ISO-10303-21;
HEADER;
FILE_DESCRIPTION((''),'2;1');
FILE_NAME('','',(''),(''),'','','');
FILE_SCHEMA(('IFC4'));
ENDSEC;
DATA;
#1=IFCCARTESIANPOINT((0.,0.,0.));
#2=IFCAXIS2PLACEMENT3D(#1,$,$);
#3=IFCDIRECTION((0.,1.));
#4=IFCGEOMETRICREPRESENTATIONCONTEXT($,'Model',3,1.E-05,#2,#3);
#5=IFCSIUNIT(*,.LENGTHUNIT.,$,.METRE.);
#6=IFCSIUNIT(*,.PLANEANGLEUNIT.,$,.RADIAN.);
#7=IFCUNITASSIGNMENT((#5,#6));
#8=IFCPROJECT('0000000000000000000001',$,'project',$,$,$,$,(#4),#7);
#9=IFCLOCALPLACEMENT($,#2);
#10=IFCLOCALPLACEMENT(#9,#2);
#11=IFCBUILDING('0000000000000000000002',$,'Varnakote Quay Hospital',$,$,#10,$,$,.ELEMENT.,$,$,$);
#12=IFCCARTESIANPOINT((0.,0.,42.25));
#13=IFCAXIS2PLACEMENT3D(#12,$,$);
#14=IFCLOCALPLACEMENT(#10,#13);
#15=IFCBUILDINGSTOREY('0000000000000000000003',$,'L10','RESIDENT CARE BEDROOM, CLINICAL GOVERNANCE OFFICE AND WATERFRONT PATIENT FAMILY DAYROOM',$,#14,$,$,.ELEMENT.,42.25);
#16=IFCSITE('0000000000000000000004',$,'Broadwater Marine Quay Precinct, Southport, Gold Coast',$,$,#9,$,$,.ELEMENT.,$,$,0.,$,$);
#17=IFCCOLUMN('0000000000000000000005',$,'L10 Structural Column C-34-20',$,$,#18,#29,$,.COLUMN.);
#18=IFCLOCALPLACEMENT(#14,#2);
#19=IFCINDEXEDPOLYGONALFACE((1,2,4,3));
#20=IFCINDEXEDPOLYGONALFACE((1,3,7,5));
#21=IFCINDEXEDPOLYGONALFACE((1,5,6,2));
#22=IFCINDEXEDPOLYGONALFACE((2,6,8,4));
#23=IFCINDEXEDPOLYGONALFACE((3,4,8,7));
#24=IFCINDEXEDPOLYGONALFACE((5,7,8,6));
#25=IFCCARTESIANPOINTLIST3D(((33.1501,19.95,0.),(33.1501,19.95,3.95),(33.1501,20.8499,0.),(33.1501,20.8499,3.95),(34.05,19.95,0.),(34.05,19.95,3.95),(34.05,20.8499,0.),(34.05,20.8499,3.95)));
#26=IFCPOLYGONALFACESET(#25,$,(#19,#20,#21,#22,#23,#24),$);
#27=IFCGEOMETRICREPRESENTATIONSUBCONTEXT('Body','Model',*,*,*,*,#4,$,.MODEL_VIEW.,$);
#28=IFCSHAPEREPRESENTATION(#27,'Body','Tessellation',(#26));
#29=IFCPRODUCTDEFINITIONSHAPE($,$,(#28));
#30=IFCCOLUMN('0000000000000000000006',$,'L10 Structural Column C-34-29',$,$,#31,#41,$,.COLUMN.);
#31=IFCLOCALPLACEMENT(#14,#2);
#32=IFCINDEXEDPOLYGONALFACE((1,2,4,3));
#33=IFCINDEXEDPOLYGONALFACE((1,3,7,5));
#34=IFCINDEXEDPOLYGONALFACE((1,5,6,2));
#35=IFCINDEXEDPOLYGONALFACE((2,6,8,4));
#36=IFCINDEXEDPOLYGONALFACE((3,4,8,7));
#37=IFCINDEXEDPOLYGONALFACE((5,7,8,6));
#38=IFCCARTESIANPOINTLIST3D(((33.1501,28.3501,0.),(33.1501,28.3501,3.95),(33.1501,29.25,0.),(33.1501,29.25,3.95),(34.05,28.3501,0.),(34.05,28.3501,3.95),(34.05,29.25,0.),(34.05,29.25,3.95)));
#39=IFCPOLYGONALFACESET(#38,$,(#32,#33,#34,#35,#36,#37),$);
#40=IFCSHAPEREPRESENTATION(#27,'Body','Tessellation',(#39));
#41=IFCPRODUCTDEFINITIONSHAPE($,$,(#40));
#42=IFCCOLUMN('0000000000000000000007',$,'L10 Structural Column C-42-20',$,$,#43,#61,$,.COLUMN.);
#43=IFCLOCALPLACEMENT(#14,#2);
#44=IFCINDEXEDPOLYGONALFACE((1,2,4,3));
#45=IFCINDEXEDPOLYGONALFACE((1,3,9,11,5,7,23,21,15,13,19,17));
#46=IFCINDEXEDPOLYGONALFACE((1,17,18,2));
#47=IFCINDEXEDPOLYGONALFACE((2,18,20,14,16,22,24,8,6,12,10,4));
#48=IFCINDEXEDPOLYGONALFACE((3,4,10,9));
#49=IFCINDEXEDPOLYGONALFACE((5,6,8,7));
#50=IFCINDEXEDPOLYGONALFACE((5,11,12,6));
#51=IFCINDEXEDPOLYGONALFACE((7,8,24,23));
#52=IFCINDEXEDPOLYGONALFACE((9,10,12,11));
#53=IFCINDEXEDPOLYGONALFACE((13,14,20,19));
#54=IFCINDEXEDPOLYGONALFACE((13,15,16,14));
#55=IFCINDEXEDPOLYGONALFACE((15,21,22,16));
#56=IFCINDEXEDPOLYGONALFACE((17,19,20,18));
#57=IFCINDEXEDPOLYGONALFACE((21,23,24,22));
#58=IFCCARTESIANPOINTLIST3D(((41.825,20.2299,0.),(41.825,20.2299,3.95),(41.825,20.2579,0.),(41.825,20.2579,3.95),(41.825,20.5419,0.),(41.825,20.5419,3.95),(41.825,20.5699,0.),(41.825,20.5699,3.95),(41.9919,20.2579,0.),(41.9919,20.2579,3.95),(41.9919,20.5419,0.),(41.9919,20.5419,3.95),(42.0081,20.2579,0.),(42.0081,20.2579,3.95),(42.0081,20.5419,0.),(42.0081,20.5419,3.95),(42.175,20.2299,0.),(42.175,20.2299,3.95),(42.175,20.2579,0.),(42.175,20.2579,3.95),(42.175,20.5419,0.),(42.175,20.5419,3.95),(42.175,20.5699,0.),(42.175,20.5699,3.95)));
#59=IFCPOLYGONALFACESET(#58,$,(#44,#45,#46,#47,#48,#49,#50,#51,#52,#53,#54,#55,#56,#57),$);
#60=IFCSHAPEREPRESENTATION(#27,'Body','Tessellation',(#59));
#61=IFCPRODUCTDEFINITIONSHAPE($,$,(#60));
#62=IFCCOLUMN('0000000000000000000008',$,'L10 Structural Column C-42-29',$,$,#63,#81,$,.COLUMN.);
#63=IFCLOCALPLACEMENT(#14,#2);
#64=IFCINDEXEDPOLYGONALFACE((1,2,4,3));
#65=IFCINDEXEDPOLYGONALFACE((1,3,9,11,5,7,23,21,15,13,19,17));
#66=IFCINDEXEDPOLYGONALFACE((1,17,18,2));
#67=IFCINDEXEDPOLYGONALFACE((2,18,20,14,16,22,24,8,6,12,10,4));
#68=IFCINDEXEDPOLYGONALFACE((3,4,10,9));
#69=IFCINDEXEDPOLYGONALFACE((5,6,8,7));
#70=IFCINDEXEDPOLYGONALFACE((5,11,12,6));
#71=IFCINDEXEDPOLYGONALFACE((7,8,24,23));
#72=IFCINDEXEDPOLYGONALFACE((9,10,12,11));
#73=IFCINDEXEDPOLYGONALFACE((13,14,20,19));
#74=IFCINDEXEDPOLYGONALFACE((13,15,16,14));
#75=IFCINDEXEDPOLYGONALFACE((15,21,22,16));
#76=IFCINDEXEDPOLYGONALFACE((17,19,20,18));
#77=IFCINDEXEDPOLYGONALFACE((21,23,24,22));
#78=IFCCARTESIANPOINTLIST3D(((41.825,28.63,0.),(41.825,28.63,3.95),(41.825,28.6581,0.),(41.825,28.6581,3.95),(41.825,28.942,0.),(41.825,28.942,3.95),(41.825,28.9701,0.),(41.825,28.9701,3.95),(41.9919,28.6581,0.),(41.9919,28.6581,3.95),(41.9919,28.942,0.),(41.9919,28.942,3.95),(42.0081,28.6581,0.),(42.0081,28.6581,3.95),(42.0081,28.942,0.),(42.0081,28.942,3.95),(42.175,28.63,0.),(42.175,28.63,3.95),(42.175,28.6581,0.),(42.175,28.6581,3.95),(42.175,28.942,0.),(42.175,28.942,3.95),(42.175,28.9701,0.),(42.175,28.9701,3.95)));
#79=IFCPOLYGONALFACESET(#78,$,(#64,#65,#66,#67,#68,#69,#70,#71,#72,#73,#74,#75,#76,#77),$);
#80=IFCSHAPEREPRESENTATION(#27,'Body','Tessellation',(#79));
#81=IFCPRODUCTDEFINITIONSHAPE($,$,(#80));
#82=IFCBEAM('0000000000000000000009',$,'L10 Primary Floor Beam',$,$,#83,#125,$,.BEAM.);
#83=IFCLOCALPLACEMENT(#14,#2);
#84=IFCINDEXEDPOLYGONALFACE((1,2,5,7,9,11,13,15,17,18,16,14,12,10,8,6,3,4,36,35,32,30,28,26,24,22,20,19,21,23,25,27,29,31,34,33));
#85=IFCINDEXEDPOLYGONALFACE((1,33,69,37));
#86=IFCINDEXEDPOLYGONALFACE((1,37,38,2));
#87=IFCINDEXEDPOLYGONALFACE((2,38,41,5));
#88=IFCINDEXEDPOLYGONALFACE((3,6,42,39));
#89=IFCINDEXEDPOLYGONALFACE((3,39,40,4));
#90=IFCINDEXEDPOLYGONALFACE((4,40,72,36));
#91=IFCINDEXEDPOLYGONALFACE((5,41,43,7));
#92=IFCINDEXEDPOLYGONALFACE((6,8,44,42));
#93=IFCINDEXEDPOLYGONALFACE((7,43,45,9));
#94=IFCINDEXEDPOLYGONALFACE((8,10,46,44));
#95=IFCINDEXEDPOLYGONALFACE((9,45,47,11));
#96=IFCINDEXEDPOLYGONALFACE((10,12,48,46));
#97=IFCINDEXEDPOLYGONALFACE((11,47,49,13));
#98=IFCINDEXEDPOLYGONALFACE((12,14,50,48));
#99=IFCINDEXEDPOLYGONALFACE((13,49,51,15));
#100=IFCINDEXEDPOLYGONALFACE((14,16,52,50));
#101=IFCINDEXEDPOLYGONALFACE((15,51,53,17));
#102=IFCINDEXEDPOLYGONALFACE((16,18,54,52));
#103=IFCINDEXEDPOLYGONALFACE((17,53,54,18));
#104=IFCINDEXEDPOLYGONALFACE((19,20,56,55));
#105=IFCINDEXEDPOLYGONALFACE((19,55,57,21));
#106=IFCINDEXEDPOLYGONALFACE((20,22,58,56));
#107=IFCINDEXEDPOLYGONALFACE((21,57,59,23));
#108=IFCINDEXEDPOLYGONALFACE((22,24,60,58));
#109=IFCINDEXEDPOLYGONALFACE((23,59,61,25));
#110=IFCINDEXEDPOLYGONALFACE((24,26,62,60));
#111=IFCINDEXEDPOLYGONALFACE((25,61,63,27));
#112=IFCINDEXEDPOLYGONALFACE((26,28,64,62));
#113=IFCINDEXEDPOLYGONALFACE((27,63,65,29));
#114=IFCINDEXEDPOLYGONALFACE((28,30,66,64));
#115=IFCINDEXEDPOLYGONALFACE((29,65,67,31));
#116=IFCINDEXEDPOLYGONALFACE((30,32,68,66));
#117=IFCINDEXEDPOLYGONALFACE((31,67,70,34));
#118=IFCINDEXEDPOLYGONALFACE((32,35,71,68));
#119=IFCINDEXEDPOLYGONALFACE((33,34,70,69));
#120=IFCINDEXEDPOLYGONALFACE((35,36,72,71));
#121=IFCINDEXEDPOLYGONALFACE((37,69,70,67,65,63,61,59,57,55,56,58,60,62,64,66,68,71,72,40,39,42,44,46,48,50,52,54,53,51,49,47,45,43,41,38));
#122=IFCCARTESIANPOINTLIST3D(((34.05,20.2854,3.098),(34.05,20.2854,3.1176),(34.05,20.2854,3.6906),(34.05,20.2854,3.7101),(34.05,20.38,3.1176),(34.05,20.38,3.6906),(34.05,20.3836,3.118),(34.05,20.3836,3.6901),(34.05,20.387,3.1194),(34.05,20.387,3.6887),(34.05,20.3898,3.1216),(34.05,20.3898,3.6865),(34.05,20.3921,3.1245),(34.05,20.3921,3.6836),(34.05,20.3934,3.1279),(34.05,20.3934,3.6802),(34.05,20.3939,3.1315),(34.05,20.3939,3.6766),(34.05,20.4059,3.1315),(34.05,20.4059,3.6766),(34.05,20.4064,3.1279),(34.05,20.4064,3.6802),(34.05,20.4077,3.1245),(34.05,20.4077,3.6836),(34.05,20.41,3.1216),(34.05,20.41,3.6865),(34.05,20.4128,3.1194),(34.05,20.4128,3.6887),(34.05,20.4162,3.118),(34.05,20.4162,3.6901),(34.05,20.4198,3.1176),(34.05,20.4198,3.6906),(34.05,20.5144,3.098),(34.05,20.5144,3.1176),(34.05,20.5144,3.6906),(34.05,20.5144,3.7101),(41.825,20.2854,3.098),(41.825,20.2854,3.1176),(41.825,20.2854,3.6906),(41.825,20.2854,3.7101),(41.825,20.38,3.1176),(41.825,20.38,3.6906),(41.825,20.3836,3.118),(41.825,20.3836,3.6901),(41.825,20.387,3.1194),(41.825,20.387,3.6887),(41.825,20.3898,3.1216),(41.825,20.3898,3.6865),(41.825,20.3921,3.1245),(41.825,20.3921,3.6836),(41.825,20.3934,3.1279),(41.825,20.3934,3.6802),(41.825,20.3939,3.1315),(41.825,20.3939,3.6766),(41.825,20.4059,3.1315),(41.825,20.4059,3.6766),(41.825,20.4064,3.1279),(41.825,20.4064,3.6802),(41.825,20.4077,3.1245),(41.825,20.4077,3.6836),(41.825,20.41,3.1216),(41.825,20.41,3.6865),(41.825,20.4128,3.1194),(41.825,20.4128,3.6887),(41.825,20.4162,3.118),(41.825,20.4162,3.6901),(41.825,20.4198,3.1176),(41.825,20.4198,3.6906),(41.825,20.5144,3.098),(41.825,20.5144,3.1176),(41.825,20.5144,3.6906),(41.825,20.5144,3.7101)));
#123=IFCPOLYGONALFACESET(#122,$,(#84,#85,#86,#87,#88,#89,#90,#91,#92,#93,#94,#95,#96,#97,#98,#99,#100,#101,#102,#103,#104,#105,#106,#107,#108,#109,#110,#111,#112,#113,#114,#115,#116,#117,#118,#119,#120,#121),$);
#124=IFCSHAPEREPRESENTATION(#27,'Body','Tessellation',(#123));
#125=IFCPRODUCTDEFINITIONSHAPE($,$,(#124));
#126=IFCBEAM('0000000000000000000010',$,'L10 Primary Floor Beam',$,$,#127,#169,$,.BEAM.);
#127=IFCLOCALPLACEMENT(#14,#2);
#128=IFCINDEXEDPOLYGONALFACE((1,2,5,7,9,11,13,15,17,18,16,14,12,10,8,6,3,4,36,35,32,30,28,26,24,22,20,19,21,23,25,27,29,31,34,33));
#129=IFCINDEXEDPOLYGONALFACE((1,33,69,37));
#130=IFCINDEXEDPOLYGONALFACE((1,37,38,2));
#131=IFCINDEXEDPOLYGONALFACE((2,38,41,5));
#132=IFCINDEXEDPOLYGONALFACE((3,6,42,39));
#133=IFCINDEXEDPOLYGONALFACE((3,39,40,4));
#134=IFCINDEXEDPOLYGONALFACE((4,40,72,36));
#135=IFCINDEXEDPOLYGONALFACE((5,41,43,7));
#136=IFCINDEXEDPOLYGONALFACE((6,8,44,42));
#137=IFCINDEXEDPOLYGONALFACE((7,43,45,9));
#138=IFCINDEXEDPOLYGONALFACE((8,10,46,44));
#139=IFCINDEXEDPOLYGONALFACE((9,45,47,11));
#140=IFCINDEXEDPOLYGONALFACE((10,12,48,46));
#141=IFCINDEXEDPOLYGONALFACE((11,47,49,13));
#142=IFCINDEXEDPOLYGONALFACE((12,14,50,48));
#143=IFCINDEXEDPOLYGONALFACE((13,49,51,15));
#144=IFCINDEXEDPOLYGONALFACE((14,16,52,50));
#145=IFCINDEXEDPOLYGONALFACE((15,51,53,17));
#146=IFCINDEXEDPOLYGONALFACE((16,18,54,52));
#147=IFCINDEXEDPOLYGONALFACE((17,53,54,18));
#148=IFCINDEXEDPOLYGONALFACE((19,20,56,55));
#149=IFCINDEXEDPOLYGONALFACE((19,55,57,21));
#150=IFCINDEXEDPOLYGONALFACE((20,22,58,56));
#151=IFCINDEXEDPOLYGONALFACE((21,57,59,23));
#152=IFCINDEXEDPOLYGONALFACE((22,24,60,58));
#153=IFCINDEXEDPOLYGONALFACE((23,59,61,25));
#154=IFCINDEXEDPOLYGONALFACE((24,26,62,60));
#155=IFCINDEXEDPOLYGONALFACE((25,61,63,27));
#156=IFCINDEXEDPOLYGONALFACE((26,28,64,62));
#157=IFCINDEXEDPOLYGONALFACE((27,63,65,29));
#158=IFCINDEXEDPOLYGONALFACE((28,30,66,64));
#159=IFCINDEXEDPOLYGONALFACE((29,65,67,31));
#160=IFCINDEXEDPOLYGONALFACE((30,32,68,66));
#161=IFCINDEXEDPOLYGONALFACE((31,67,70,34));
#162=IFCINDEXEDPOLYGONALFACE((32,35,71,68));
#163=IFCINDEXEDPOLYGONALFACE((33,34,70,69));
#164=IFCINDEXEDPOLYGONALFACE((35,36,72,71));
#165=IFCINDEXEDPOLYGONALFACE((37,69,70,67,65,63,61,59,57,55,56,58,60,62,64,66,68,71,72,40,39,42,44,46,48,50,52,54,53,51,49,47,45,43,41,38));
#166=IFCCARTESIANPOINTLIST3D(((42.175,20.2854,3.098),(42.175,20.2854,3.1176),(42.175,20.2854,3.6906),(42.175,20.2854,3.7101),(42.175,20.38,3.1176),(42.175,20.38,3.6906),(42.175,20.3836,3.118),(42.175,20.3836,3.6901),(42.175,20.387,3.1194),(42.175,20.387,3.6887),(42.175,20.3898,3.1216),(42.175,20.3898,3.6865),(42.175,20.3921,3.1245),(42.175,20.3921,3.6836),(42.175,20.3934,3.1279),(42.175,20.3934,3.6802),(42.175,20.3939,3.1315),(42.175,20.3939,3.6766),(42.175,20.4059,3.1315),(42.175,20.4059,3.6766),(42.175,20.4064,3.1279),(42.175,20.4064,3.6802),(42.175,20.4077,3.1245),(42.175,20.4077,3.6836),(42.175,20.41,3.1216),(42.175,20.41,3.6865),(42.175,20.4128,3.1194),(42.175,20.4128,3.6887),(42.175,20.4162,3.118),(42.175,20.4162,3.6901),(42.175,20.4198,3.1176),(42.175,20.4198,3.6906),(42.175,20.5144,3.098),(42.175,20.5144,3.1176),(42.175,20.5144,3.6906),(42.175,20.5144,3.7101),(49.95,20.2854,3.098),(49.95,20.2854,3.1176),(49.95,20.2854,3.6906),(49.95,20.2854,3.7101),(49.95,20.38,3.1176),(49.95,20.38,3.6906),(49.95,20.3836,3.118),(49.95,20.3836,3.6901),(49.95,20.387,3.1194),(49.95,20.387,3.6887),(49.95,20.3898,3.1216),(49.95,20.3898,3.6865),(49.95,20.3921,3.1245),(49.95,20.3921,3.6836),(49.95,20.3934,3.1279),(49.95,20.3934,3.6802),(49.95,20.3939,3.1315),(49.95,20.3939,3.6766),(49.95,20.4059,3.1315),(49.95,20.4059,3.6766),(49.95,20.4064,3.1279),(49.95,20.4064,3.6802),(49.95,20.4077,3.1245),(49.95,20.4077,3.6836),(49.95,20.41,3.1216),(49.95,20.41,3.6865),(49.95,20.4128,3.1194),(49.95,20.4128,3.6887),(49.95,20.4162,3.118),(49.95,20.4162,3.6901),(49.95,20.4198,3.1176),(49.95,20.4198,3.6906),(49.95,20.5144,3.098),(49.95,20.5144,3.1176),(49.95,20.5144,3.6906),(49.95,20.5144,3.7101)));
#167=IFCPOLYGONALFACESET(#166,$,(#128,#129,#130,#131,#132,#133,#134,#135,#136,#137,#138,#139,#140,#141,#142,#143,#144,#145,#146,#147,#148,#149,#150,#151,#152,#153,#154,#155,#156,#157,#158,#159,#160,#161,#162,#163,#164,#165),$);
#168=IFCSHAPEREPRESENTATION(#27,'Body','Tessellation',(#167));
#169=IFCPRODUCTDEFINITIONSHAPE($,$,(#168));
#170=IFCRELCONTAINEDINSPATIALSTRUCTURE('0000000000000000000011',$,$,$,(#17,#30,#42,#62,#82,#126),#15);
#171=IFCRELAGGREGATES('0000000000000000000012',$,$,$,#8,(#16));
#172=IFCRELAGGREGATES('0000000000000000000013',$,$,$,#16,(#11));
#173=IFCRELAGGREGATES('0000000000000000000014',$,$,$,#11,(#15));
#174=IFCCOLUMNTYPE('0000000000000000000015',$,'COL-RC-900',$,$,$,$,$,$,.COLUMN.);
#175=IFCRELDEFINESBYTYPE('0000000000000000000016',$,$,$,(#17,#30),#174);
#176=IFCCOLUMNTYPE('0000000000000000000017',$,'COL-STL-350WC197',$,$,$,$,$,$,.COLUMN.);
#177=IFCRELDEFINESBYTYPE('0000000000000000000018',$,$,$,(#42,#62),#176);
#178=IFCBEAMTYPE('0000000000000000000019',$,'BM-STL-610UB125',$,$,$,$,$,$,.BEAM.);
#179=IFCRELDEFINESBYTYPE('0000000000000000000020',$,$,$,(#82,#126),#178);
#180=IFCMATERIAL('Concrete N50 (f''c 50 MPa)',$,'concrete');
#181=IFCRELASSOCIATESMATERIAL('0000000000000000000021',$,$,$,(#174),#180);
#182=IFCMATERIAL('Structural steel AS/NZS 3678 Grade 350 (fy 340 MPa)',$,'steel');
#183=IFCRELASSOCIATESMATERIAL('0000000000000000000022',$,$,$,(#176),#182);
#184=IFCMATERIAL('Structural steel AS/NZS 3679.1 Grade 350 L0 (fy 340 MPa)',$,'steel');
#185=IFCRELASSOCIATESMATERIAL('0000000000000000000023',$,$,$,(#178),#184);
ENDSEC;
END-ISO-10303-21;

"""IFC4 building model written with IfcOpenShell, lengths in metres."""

from ifc_helpers import new_model, si_unit, direction, frame, origin, origin_2d, place, context, subcontext, project, spatial, rectangle, i_section, extrude, material, material_profile, profile_set, type_object, element, save


model = new_model("IFC4")

# Units and contexts
model_context = context("Model", 3, precision=1e-05, world=origin(), true_north=direction((0.0, 1.0)))
body_context = subcontext(model_context, "Body", "Model", "MODEL_VIEW")
ifc_project = project(units=[si_unit("LENGTHUNIT", "METRE"), si_unit("PLANEANGLEUNIT", "RADIAN")], contexts=[model_context])

# Site, building, storey
site_placement = place(None, origin())
site = spatial("IfcSite", under=ifc_project, at=site_placement, Name="Broadwater Marine Quay Precinct, Southport, Gold Coast", CompositionType="ELEMENT", RefElevation=0.0)
building_placement = place(site_placement, origin())
building = spatial("IfcBuilding", under=site, at=building_placement, Name="Varnakote Quay Hospital", CompositionType="ELEMENT")
storey_placement = place(building_placement, frame((0.0, 0.0, 42.25)))
storey = spatial("IfcBuildingStorey", under=building, at=storey_placement, Name="L10", Description="RESIDENT CARE BEDROOM, CLINICAL GOVERNANCE OFFICE AND WATERFRONT PATIENT FAMILY DAYROOM", CompositionType="ELEMENT", Elevation=42.25)

# Columns
ifc_material_1 = material(Name="Concrete N50 (f'c 50 MPa)", Category="concrete")
ifc_material_profile_1 = material_profile(ifc_material_1, rectangle(XDim=0.8999, YDim=0.8999, at=origin_2d()), Name="RC-COL-900x900")
ifc_profile_set_1 = profile_set([ifc_material_profile_1], Name="Concrete N50 (f'c 50 MPa)")
column_type_1 = type_object("IfcColumnType", Name="COL-RC-900", PredefinedType="COLUMN", material=ifc_profile_set_1)
for number, where, z_axis, x_axis, name in (
    (1, (33.6001, 20.3999, 0.0), (0.0, 0.0, 1.0), (1.0, 0.0, 0.0), "L10 Structural Column C-34-20"),
    (2, (33.6001, 28.8, 0.0), (0.0, 0.0, 1.0), (1.0, 0.0, 0.0), "L10 Structural Column C-34-29"),
):
    element("IfcColumn", number, at=place(storey_placement, frame(where, z_axis=z_axis, x_axis=x_axis)), inside=storey, type_object=column_type_1, Name=name, PredefinedType="COLUMN", context=body_context, shape_type="SweptSolid", body=[
        extrude(rectangle(XDim=0.8999, YDim=0.8999, at=origin_2d()), origin(), (0.0, 0.0, 1.0), 3.95),
    ])
ifc_material_2 = material(Name="Structural steel AS/NZS 3678 Grade 350 (fy 340 MPa)", Category="steel")
ifc_material_profile_2 = material_profile(ifc_material_2, i_section(OverallWidth=0.3501, OverallDepth=0.3401, WebThickness=0.0161, FlangeThickness=0.0281, at=origin_2d()), Name="350WC197")
ifc_profile_set_2 = profile_set([ifc_material_profile_2], Name="Structural steel AS/NZS 3678 Grade 350 (fy 340 MPa)")
column_type_2 = type_object("IfcColumnType", Name="COL-STL-350WC197", PredefinedType="COLUMN", material=ifc_profile_set_2)
for number, where, z_axis, x_axis, name in (
    (3, (42.0, 20.3999, 0.0), (0.0, 0.0, 1.0), (1.0, 0.0, 0.0), "L10 Structural Column C-42-20"),
    (4, (42.0, 28.8, 0.0), (0.0, 0.0, 1.0), (1.0, 0.0, 0.0), "L10 Structural Column C-42-29"),
):
    element("IfcColumn", number, at=place(storey_placement, frame(where, z_axis=z_axis, x_axis=x_axis)), inside=storey, type_object=column_type_2, Name=name, PredefinedType="COLUMN", context=body_context, shape_type="SweptSolid", body=[
        extrude(i_section(OverallWidth=0.3501, OverallDepth=0.3401, WebThickness=0.0161, FlangeThickness=0.0281, at=origin_2d()), origin(), (0.0, 0.0, 1.0), 3.95),
    ])

# Beams
ifc_material_3 = material(Name="Structural steel AS/NZS 3679.1 Grade 350 L0 (fy 340 MPa)", Category="steel")
ifc_material_profile_3 = material_profile(ifc_material_3, i_section(OverallWidth=0.229, OverallDepth=0.6121, WebThickness=0.012, FlangeThickness=0.0195, FilletRadius=0.0139, at=origin_2d()), Name="610UB125")
ifc_profile_set_3 = profile_set([ifc_material_profile_3], Name="Structural steel AS/NZS 3679.1 Grade 350 L0 (fy 340 MPa)")
beam_type_1 = type_object("IfcBeamType", Name="BM-STL-610UB125", PredefinedType="BEAM", material=ifc_profile_set_3)
for number, where, z_axis, x_axis, name in (
    (5, (34.05, 20.3999, 3.4041), (1.0, 0.0, 0.0), (0.0, 1.0, 0.0), "L10 Primary Floor Beam"),
    (6, (42.175, 20.3999, 3.4041), (1.0, 0.0, 0.0), (0.0, 1.0, 0.0), "L10 Primary Floor Beam"),
):
    element("IfcBeam", number, at=place(storey_placement, frame(where, z_axis=z_axis, x_axis=x_axis)), inside=storey, type_object=beam_type_1, Name=name, PredefinedType="BEAM", context=body_context, shape_type="SweptSolid", body=[
        extrude(i_section(OverallWidth=0.229, OverallDepth=0.6121, WebThickness=0.012, FlangeThickness=0.0195, FilletRadius=0.0139, at=origin_2d()), origin(), (0.0, 0.0, 1.0), 7.7749),
    ])

save(model, "model.ifc")
